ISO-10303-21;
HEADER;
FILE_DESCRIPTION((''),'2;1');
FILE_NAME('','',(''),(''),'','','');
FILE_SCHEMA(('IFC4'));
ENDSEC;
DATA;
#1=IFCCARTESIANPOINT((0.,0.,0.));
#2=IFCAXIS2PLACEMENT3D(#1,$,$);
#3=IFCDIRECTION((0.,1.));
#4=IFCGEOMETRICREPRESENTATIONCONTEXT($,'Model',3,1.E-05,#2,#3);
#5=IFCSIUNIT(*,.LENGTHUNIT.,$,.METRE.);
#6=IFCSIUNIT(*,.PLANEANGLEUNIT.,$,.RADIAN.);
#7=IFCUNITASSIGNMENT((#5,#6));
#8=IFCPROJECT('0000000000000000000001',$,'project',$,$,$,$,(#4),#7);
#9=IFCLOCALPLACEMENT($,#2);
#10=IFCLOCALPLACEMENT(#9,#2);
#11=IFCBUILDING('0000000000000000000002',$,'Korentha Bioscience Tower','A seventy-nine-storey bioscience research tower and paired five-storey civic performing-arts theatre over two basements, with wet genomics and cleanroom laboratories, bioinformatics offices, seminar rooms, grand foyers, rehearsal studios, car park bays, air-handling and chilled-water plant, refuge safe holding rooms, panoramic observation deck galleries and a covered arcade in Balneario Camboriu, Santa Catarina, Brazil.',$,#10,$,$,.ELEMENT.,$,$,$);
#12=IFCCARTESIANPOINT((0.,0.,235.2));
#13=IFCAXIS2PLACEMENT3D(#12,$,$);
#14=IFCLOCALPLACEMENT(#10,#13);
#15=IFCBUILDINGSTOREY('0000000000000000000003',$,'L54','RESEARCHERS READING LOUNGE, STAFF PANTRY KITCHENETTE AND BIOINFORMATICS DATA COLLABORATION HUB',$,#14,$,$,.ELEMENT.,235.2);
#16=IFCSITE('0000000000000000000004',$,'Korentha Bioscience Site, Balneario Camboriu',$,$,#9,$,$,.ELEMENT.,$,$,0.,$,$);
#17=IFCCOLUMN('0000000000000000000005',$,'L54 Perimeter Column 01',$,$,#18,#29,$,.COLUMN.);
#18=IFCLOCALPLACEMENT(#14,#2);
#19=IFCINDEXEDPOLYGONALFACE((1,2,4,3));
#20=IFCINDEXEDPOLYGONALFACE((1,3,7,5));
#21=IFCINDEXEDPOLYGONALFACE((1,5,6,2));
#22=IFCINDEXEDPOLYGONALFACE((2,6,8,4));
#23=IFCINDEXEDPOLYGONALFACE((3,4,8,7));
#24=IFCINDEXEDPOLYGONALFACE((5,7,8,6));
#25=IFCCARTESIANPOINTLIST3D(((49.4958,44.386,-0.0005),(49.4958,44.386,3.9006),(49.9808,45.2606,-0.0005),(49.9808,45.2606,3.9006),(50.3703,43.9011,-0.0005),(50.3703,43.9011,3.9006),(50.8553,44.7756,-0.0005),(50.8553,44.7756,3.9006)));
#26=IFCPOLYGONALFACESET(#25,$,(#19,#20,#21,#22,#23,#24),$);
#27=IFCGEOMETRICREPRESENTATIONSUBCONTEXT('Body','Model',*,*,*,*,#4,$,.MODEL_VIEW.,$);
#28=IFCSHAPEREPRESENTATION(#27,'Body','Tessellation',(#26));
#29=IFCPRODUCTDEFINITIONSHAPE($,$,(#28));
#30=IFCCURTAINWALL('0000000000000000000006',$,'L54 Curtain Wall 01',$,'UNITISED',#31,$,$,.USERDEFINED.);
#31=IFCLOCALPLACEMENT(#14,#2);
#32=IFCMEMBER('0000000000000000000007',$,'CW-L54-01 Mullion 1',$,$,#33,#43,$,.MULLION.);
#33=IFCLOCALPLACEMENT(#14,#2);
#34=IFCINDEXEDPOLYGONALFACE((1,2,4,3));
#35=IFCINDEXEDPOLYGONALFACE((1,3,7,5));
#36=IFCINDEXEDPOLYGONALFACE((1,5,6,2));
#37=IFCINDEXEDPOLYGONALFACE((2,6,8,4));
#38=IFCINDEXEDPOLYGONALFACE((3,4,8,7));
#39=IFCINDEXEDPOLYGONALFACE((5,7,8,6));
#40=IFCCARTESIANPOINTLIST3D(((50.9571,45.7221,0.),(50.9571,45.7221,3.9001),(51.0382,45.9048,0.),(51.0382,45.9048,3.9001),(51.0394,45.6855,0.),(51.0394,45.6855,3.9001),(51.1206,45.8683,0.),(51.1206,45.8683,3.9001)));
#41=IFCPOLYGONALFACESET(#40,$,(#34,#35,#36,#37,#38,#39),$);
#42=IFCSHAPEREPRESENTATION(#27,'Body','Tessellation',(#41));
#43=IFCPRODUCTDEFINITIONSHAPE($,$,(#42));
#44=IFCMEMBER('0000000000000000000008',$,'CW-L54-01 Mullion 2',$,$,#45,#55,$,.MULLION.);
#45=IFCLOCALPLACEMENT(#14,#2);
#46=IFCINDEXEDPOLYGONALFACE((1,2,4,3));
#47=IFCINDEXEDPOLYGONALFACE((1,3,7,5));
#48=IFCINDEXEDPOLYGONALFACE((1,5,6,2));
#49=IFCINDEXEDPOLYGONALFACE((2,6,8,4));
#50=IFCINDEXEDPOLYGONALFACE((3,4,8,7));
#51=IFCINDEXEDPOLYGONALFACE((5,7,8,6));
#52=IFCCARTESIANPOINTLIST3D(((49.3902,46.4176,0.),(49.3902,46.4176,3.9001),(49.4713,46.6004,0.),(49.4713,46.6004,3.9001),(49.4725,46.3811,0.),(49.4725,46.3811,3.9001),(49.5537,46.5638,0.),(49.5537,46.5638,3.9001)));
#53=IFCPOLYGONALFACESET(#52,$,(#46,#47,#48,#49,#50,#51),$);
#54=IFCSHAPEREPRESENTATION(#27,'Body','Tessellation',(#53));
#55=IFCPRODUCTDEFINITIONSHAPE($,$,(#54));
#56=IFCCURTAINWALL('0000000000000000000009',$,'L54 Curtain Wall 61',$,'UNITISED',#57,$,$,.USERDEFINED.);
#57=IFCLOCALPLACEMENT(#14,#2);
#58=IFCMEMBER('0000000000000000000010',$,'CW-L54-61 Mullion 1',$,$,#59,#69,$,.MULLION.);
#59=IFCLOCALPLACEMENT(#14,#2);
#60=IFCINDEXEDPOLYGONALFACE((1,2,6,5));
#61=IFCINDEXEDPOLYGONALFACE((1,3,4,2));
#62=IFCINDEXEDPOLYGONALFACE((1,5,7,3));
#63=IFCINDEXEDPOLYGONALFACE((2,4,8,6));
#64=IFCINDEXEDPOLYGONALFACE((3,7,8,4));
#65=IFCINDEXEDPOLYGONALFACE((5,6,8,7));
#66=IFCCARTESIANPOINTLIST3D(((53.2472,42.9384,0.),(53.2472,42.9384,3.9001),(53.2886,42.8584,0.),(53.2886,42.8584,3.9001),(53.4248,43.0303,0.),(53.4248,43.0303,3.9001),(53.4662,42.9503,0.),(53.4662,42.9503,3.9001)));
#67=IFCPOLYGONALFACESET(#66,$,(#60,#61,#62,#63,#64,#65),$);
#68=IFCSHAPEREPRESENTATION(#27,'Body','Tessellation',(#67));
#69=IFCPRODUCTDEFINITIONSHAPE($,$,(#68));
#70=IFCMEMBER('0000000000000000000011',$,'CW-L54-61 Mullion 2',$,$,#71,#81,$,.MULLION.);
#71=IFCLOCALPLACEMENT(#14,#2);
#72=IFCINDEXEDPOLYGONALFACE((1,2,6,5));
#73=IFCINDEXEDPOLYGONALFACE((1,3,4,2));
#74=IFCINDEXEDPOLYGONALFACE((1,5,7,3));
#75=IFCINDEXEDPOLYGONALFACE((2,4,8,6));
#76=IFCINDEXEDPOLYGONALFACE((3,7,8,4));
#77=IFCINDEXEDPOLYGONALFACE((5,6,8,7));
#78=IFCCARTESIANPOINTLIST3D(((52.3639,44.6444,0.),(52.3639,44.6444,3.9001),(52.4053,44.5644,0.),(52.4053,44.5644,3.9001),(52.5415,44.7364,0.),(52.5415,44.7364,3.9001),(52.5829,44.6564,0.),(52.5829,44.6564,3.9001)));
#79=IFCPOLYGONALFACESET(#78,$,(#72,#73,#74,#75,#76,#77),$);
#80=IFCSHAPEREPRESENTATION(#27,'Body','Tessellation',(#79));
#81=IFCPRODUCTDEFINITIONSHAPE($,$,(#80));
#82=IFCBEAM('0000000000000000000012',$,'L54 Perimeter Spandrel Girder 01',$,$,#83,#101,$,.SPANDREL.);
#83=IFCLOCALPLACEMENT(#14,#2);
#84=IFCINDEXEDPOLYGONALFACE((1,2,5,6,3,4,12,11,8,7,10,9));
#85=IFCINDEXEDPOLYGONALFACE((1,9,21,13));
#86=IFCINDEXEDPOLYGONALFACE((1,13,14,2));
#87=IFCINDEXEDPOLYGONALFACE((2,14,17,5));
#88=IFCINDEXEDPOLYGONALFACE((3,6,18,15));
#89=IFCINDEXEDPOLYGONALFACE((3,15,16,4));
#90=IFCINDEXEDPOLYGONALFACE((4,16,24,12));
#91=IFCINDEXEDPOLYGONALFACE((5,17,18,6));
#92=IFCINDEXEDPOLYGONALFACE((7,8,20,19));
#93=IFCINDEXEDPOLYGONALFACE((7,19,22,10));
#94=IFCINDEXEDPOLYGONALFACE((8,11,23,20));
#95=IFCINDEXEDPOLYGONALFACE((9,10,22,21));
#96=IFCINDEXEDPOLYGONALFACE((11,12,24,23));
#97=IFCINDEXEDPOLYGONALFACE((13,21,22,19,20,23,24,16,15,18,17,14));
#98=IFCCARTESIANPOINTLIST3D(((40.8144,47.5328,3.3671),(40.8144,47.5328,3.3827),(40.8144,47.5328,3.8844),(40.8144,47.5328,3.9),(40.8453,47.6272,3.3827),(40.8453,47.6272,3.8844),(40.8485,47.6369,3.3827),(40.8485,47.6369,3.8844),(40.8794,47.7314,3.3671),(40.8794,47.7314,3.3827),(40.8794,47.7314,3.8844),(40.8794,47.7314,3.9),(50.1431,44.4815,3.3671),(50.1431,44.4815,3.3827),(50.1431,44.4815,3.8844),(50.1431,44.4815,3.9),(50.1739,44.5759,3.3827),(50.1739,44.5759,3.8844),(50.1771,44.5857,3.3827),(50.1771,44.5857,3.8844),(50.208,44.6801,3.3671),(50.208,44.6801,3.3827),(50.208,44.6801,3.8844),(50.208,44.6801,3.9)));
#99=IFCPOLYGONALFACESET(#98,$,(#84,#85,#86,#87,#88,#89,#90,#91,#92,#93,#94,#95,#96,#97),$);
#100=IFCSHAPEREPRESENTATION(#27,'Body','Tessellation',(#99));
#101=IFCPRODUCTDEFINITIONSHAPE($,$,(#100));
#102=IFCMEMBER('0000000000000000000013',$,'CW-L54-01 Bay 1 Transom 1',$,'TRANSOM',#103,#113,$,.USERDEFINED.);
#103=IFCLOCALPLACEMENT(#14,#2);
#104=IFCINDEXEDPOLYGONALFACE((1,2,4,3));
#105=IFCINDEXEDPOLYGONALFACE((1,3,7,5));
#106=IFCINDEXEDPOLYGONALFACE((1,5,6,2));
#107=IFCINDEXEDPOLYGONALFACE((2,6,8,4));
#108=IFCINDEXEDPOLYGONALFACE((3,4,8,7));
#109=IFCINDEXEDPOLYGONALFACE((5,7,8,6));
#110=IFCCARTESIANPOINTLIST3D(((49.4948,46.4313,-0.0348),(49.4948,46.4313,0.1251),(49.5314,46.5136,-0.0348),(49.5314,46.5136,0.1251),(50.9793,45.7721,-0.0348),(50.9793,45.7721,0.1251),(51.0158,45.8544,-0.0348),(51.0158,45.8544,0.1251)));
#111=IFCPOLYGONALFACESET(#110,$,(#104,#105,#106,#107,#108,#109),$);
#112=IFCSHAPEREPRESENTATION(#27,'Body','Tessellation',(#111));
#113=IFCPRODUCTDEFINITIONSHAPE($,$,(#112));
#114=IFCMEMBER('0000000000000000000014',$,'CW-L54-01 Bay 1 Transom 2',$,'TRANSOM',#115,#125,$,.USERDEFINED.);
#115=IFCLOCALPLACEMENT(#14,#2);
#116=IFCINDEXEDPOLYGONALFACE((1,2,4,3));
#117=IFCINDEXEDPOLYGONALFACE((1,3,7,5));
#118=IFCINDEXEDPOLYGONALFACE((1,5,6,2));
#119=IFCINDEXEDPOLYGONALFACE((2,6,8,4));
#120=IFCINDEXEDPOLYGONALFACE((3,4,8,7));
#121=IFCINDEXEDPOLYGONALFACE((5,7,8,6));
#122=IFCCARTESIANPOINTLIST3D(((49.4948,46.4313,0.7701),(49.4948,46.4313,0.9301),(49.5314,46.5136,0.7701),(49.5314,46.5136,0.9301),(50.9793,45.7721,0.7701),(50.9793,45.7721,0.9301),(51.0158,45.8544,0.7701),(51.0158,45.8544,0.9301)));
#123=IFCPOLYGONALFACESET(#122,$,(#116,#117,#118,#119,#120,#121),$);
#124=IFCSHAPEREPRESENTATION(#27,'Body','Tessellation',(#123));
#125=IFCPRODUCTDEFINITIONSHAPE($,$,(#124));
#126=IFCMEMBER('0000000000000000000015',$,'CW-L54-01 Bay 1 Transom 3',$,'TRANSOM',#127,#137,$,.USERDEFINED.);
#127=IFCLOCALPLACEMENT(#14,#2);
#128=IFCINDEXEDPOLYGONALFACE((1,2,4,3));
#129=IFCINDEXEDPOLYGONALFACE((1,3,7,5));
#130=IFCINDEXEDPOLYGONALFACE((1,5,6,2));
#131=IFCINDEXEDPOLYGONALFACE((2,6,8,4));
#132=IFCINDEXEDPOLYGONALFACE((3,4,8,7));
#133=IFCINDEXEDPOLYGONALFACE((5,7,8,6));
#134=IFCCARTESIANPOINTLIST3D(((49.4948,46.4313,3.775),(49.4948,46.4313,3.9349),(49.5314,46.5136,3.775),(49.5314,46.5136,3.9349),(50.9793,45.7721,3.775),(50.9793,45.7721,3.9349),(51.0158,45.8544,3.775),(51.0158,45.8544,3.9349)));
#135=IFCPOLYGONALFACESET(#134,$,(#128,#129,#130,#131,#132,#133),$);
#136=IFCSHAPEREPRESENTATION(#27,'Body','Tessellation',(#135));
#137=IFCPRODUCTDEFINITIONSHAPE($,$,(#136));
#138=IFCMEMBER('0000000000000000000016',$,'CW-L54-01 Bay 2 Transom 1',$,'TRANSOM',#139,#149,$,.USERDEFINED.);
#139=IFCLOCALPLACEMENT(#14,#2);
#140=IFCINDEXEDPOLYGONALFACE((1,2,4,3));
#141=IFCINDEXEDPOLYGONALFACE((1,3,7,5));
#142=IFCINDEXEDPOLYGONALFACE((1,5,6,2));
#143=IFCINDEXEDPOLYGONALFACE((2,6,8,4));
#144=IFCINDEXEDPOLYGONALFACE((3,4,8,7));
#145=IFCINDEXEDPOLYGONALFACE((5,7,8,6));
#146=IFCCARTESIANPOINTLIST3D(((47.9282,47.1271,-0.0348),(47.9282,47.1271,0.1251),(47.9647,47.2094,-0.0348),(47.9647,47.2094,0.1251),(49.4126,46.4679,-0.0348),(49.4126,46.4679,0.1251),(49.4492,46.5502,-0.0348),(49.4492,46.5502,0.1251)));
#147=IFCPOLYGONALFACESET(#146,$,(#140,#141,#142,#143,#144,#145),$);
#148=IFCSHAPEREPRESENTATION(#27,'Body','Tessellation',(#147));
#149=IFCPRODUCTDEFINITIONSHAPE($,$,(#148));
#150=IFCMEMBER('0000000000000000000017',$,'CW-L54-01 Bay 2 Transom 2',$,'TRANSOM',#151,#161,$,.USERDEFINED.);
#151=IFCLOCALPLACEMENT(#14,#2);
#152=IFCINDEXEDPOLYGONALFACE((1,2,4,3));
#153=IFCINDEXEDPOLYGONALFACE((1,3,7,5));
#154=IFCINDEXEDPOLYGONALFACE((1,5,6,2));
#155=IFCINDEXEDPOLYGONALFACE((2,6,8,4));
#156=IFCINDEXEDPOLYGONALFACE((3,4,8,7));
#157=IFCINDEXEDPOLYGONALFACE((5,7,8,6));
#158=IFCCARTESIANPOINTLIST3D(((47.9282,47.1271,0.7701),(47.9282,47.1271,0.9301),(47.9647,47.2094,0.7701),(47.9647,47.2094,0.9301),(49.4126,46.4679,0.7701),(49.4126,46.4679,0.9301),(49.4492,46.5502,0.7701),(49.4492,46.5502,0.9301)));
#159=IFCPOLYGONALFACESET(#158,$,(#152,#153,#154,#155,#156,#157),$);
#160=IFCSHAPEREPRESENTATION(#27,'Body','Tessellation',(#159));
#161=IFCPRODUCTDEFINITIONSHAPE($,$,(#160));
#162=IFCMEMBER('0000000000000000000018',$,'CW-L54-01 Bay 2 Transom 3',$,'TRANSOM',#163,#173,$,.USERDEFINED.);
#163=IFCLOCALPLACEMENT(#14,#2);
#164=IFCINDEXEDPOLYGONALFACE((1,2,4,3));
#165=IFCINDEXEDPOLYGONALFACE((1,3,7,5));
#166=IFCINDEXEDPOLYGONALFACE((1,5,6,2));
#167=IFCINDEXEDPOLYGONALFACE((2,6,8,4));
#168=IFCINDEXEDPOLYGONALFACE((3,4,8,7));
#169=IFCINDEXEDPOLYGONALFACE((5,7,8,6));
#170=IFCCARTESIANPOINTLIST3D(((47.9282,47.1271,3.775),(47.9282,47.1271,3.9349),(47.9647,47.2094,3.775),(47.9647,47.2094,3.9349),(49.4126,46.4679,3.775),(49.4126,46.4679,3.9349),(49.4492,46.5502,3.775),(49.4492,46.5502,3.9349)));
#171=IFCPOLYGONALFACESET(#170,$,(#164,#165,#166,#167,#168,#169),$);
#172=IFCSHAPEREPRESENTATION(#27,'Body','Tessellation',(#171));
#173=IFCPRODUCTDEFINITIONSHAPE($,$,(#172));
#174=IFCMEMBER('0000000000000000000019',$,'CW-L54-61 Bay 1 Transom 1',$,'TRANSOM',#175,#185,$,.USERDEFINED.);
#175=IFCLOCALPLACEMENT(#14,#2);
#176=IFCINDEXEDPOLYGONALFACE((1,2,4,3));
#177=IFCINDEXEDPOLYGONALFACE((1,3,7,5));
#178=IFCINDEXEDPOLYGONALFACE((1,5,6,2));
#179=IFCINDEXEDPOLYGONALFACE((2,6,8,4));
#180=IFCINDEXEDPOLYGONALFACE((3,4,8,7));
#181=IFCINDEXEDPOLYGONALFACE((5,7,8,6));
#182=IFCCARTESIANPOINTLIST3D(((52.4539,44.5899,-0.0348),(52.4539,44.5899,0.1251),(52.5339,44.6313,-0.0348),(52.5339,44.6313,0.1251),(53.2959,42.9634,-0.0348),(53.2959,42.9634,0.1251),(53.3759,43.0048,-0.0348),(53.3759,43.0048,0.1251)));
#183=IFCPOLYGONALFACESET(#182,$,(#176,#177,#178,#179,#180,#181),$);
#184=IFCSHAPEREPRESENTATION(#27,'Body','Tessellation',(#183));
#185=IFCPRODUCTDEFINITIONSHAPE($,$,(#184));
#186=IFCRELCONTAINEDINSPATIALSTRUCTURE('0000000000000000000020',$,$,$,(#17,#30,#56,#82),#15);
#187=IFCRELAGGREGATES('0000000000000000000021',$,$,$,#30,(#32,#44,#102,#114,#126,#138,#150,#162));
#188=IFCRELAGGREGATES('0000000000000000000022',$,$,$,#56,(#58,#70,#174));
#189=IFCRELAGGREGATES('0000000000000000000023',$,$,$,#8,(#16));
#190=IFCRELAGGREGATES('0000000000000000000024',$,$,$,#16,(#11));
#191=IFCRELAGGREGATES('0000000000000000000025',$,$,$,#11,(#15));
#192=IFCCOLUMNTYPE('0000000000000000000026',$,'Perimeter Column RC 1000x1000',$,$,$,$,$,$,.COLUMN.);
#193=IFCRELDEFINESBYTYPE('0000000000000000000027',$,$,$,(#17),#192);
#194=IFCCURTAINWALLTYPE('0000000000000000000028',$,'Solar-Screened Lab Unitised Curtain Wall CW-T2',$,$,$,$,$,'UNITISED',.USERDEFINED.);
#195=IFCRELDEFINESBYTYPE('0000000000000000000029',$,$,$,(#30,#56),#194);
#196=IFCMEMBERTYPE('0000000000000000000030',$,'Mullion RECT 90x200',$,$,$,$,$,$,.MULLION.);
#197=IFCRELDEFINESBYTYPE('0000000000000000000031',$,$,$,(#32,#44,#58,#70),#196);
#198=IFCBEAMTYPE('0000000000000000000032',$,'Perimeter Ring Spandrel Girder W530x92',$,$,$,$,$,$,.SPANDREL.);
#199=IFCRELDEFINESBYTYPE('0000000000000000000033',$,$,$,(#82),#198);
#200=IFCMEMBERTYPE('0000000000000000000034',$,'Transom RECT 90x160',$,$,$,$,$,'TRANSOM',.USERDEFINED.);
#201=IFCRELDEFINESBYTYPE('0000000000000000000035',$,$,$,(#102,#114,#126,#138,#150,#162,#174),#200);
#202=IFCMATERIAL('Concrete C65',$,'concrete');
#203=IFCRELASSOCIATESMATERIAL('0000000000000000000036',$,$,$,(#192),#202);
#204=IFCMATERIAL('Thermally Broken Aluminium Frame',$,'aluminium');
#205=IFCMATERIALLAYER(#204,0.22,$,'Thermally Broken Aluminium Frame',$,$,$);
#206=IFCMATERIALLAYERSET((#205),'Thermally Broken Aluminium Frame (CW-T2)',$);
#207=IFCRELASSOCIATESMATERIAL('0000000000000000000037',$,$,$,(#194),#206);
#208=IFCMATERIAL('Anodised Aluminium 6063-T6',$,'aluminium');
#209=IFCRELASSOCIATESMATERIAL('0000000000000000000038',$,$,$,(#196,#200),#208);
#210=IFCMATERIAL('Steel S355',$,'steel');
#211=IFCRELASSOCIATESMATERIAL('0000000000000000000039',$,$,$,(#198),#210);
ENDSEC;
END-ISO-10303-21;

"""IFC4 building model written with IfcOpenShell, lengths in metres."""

from ifc_helpers import new_model, si_unit, direction, frame, origin, origin_2d, place, context, subcontext, project, spatial, rectangle, i_section, extrude, material, layer, layer_set, material_profile, profile_set, type_object, element, aggregate, save


model = new_model("IFC4")

# Units and contexts
model_context = context("Model", 3, precision=1e-05, world=origin(), true_north=direction((0.0, 1.0)))
body_context = subcontext(model_context, "Body", "Model", "MODEL_VIEW")
ifc_project = project(units=[si_unit("LENGTHUNIT", "METRE"), si_unit("PLANEANGLEUNIT", "RADIAN")], contexts=[model_context])

# Site, building, storey
site_placement = place(None, origin())
site = spatial("IfcSite", under=ifc_project, at=site_placement, Name="Korentha Bioscience Site, Balneario Camboriu", CompositionType="ELEMENT", RefElevation=0.0)
building_placement = place(site_placement, origin())
building = spatial("IfcBuilding", under=site, at=building_placement, Name="Korentha Bioscience Tower", Description="A seventy-nine-storey bioscience research tower and paired five-storey civic performing-arts theatre over two basements, with wet genomics and cleanroom laboratories, bioinformatics offices, seminar rooms, grand foyers, rehearsal studios, car park bays, air-handling and chilled-water plant, refuge safe holding rooms, panoramic observation deck galleries and a covered arcade in Balneario Camboriu, Santa Catarina, Brazil.", CompositionType="ELEMENT")
storey_placement = place(building_placement, frame((0.0, 0.0, 235.2)))
storey = spatial("IfcBuildingStorey", under=building, at=storey_placement, Name="L54", Description="RESEARCHERS READING LOUNGE, STAFF PANTRY KITCHENETTE AND BIOINFORMATICS DATA COLLABORATION HUB", CompositionType="ELEMENT", Elevation=235.2)

# Column
ifc_material_1 = material(Name="Concrete C65", Category="concrete")
ifc_material_profile_1 = material_profile(ifc_material_1, rectangle(XDim=1.0, YDim=1.0, at=origin_2d()), Name="Concrete C65")
ifc_profile_set_1 = profile_set([ifc_material_profile_1], Name="Concrete C65 (COL-P10)")
column_type = type_object("IfcColumnType", Name="Perimeter Column RC 1000x1000", PredefinedType="COLUMN", material=ifc_profile_set_1)
column_placement = place(storey_placement, frame((50.1755, 44.5808, -0.0005), z_axis=(0.0, 0.0, 1.0), x_axis=(-0.874535, 0.484962, 0.0)))
element("IfcColumn", 1, at=column_placement, inside=storey, type_object=column_type, Name="L54 Perimeter Column 01", PredefinedType="COLUMN", context=body_context, shape_type="SweptSolid", body=[
    extrude(rectangle(XDim=1.0, YDim=1.0, at=origin_2d()), origin(), (0.0, 0.0, 1.0), 3.9011),
])

# Curtain walls, members
ifc_material_2 = material(Name="Thermally Broken Aluminium Frame", Category="aluminium")
ifc_layer_1 = layer(ifc_material_2, 0.22, Name="Thermally Broken Aluminium Frame")
ifc_layer_set_1 = layer_set([ifc_layer_1], Name="Thermally Broken Aluminium Frame (CW-T2)")
curtain_wall_type = type_object("IfcCurtainWallType", Name="Solar-Screened Lab Unitised Curtain Wall CW-T2", ElementType="UNITISED", PredefinedType="USERDEFINED", material=ifc_layer_set_1)
curtain_wall_1_placement = place(storey_placement, origin())
curtain_wall_1 = element("IfcCurtainWall", 2, at=curtain_wall_1_placement, inside=storey, type_object=curtain_wall_type, Name="L54 Curtain Wall 01", ObjectType="UNITISED", PredefinedType="USERDEFINED")
ifc_material_3 = material(Name="Anodised Aluminium 6063-T6", Category="aluminium")
ifc_material_profile_2 = material_profile(ifc_material_3, rectangle(XDim=0.0901, YDim=0.2, at=origin_2d()), Name="Anodised Aluminium 6063-T6")
ifc_profile_set_2 = profile_set([ifc_material_profile_2], Name="Anodised Aluminium 6063-T6 (CW-MUL)")
member_type_1 = type_object("IfcMemberType", Name="Mullion RECT 90x200", PredefinedType="MULLION", material=ifc_profile_set_2)
member_1_placement = place(storey_placement, frame((51.0388, 45.7952, 0.0), z_axis=(0.0, 0.0, 1.0), x_axis=(-0.913944, 0.40584, 0.0)))
member_1 = element("IfcMember", 3, at=member_1_placement, type_object=member_type_1, Name="CW-L54-01 Mullion 1", PredefinedType="MULLION", context=body_context, shape_type="SweptSolid", body=[
    extrude(rectangle(XDim=0.0901, YDim=0.2, at=origin_2d()), origin(), (0.0, 0.0, 1.0), 3.9001),
])
member_2_placement = place(storey_placement, frame((49.4719, 46.4907, 0.0), z_axis=(0.0, 0.0, 1.0), x_axis=(-0.913944, 0.40584, 0.0)))
member_2 = element("IfcMember", 4, at=member_2_placement, type_object=member_type_1, Name="CW-L54-01 Mullion 2", PredefinedType="MULLION", context=body_context, shape_type="SweptSolid", body=[
    extrude(rectangle(XDim=0.0901, YDim=0.2, at=origin_2d()), origin(), (0.0, 0.0, 1.0), 3.9001),
])
curtain_wall_2_placement = place(storey_placement, origin())
curtain_wall_2 = element("IfcCurtainWall", 5, at=curtain_wall_2_placement, inside=storey, type_object=curtain_wall_type, Name="L54 Curtain Wall 61", ObjectType="UNITISED", PredefinedType="USERDEFINED")
member_3_placement = place(storey_placement, frame((53.3567, 42.9443, 0.0), z_axis=(0.0, 0.0, 1.0), x_axis=(-0.459738, 0.888055, 0.0)))
member_3 = element("IfcMember", 6, at=member_3_placement, type_object=member_type_1, Name="CW-L54-61 Mullion 1", PredefinedType="MULLION", context=body_context, shape_type="SweptSolid", body=[
    extrude(rectangle(XDim=0.0901, YDim=0.2, at=origin_2d()), origin(), (0.0, 0.0, 1.0), 3.9001),
])
member_4_placement = place(storey_placement, frame((52.4734, 44.6504, 0.0), z_axis=(0.0, 0.0, 1.0), x_axis=(-0.459738, 0.888055, 0.0)))
member_4 = element("IfcMember", 7, at=member_4_placement, type_object=member_type_1, Name="CW-L54-61 Mullion 2", PredefinedType="MULLION", context=body_context, shape_type="SweptSolid", body=[
    extrude(rectangle(XDim=0.0901, YDim=0.2, at=origin_2d()), origin(), (0.0, 0.0, 1.0), 3.9001),
])

# Beam
ifc_material_4 = material(Name="Steel S355", Category="steel")
ifc_material_profile_3 = material_profile(ifc_material_4, i_section(OverallWidth=0.209, OverallDepth=0.533, WebThickness=0.0103, FlangeThickness=0.0156, at=origin_2d()), Name="Steel S355")
ifc_profile_set_3 = profile_set([ifc_material_profile_3], Name="Steel S355 (SB-530)")
beam_type = type_object("IfcBeamType", Name="Perimeter Ring Spandrel Girder W530x92", PredefinedType="SPANDREL", material=ifc_profile_set_3)
beam_placement = place(storey_placement, frame((50.1755, 44.5808, 3.6335), z_axis=(-0.950449, 0.31088, 0.0), x_axis=(-0.31088, -0.950449, 0.0)))
element("IfcBeam", 8, at=beam_placement, inside=storey, type_object=beam_type, Name="L54 Perimeter Spandrel Girder 01", PredefinedType="SPANDREL", context=body_context, shape_type="SweptSolid", body=[
    extrude(i_section(OverallWidth=0.209, OverallDepth=0.533, WebThickness=0.0103, FlangeThickness=0.0156, at=origin_2d()), origin(), (0.0, 0.0, 1.0), 9.8149),
])

# Members
ifc_material_profile_4 = material_profile(ifc_material_3, rectangle(XDim=0.0901, YDim=0.1599, at=origin_2d()), Name="Anodised Aluminium 6063-T6")
ifc_profile_set_4 = profile_set([ifc_material_profile_4], Name="Anodised Aluminium 6063-T6 (CW-TRN)")
member_type_2 = type_object("IfcMemberType", Name="Transom RECT 90x160", ElementType="TRANSOM", PredefinedType="USERDEFINED", material=ifc_profile_set_4)
member_5_placement = place(storey_placement, frame((50.9976, 45.8132, 0.0452), z_axis=(-0.913935, 0.40586, 0.0), x_axis=(-0.40586, -0.913935, 0.0)))
member_5 = element("IfcMember", 9, at=member_5_placement, type_object=member_type_2, Name="CW-L54-01 Bay 1 Transom 1", ObjectType="TRANSOM", PredefinedType="USERDEFINED", context=body_context, shape_type="SweptSolid", body=[
    extrude(rectangle(XDim=0.0901, YDim=0.1599, at=origin_2d()), origin(), (0.0, 0.0, 1.0), 1.6243),
])
member_6_placement = place(storey_placement, frame((50.9976, 45.8132, 0.8501), z_axis=(-0.913935, 0.40586, 0.0), x_axis=(-0.40586, -0.913935, 0.0)))
member_6 = element("IfcMember", 10, at=member_6_placement, type_object=member_type_2, Name="CW-L54-01 Bay 1 Transom 2", ObjectType="TRANSOM", PredefinedType="USERDEFINED", context=body_context, shape_type="SweptSolid", body=[
    extrude(rectangle(XDim=0.0901, YDim=0.1599, at=origin_2d()), origin(), (0.0, 0.0, 1.0), 1.6243),
])
member_7_placement = place(storey_placement, frame((50.9976, 45.8132, 3.855), z_axis=(-0.913935, 0.40586, 0.0), x_axis=(-0.40586, -0.913935, 0.0)))
member_7 = element("IfcMember", 11, at=member_7_placement, type_object=member_type_2, Name="CW-L54-01 Bay 1 Transom 3", ObjectType="TRANSOM", PredefinedType="USERDEFINED", context=body_context, shape_type="SweptSolid", body=[
    extrude(rectangle(XDim=0.0901, YDim=0.1599, at=origin_2d()), origin(), (0.0, 0.0, 1.0), 1.6243),
])
member_8_placement = place(storey_placement, frame((49.4309, 46.509, 0.0452), z_axis=(-0.913935, 0.40586, 0.0), x_axis=(-0.40586, -0.913935, 0.0)))
member_8 = element("IfcMember", 12, at=member_8_placement, type_object=member_type_2, Name="CW-L54-01 Bay 2 Transom 1", ObjectType="TRANSOM", PredefinedType="USERDEFINED", context=body_context, shape_type="SweptSolid", body=[
    extrude(rectangle(XDim=0.0901, YDim=0.1599, at=origin_2d()), origin(), (0.0, 0.0, 1.0), 1.6243),
])
member_9_placement = place(storey_placement, frame((49.4309, 46.509, 0.8501), z_axis=(-0.913935, 0.40586, 0.0), x_axis=(-0.40586, -0.913935, 0.0)))
member_9 = element("IfcMember", 13, at=member_9_placement, type_object=member_type_2, Name="CW-L54-01 Bay 2 Transom 2", ObjectType="TRANSOM", PredefinedType="USERDEFINED", context=body_context, shape_type="SweptSolid", body=[
    extrude(rectangle(XDim=0.0901, YDim=0.1599, at=origin_2d()), origin(), (0.0, 0.0, 1.0), 1.6243),
])
member_10_placement = place(storey_placement, frame((49.4309, 46.509, 3.855), z_axis=(-0.913935, 0.40586, 0.0), x_axis=(-0.40586, -0.913935, 0.0)))
member_10 = element("IfcMember", 14, at=member_10_placement, type_object=member_type_2, Name="CW-L54-01 Bay 2 Transom 3", ObjectType="TRANSOM", PredefinedType="USERDEFINED", context=body_context, shape_type="SweptSolid", body=[
    extrude(rectangle(XDim=0.0901, YDim=0.1599, at=origin_2d()), origin(), (0.0, 0.0, 1.0), 1.6243),
])
member_11_placement = place(storey_placement, frame((53.3359, 42.9841, 0.0452), z_axis=(-0.459753, 0.888047, 0.0), x_axis=(-0.888047, -0.459753, 0.0)))
member_11 = element("IfcMember", 15, at=member_11_placement, type_object=member_type_2, Name="CW-L54-61 Bay 1 Transom 1", ObjectType="TRANSOM", PredefinedType="USERDEFINED", context=body_context, shape_type="SweptSolid", body=[
    extrude(rectangle(XDim=0.0901, YDim=0.1599, at=origin_2d()), origin(), (0.0, 0.0, 1.0), 1.8315),
])

aggregate(curtain_wall_1, [member_1, member_2, member_5, member_6, member_7, member_8, member_9, member_10])
aggregate(curtain_wall_2, [member_3, member_4, member_11])

save(model, "model.ifc")
